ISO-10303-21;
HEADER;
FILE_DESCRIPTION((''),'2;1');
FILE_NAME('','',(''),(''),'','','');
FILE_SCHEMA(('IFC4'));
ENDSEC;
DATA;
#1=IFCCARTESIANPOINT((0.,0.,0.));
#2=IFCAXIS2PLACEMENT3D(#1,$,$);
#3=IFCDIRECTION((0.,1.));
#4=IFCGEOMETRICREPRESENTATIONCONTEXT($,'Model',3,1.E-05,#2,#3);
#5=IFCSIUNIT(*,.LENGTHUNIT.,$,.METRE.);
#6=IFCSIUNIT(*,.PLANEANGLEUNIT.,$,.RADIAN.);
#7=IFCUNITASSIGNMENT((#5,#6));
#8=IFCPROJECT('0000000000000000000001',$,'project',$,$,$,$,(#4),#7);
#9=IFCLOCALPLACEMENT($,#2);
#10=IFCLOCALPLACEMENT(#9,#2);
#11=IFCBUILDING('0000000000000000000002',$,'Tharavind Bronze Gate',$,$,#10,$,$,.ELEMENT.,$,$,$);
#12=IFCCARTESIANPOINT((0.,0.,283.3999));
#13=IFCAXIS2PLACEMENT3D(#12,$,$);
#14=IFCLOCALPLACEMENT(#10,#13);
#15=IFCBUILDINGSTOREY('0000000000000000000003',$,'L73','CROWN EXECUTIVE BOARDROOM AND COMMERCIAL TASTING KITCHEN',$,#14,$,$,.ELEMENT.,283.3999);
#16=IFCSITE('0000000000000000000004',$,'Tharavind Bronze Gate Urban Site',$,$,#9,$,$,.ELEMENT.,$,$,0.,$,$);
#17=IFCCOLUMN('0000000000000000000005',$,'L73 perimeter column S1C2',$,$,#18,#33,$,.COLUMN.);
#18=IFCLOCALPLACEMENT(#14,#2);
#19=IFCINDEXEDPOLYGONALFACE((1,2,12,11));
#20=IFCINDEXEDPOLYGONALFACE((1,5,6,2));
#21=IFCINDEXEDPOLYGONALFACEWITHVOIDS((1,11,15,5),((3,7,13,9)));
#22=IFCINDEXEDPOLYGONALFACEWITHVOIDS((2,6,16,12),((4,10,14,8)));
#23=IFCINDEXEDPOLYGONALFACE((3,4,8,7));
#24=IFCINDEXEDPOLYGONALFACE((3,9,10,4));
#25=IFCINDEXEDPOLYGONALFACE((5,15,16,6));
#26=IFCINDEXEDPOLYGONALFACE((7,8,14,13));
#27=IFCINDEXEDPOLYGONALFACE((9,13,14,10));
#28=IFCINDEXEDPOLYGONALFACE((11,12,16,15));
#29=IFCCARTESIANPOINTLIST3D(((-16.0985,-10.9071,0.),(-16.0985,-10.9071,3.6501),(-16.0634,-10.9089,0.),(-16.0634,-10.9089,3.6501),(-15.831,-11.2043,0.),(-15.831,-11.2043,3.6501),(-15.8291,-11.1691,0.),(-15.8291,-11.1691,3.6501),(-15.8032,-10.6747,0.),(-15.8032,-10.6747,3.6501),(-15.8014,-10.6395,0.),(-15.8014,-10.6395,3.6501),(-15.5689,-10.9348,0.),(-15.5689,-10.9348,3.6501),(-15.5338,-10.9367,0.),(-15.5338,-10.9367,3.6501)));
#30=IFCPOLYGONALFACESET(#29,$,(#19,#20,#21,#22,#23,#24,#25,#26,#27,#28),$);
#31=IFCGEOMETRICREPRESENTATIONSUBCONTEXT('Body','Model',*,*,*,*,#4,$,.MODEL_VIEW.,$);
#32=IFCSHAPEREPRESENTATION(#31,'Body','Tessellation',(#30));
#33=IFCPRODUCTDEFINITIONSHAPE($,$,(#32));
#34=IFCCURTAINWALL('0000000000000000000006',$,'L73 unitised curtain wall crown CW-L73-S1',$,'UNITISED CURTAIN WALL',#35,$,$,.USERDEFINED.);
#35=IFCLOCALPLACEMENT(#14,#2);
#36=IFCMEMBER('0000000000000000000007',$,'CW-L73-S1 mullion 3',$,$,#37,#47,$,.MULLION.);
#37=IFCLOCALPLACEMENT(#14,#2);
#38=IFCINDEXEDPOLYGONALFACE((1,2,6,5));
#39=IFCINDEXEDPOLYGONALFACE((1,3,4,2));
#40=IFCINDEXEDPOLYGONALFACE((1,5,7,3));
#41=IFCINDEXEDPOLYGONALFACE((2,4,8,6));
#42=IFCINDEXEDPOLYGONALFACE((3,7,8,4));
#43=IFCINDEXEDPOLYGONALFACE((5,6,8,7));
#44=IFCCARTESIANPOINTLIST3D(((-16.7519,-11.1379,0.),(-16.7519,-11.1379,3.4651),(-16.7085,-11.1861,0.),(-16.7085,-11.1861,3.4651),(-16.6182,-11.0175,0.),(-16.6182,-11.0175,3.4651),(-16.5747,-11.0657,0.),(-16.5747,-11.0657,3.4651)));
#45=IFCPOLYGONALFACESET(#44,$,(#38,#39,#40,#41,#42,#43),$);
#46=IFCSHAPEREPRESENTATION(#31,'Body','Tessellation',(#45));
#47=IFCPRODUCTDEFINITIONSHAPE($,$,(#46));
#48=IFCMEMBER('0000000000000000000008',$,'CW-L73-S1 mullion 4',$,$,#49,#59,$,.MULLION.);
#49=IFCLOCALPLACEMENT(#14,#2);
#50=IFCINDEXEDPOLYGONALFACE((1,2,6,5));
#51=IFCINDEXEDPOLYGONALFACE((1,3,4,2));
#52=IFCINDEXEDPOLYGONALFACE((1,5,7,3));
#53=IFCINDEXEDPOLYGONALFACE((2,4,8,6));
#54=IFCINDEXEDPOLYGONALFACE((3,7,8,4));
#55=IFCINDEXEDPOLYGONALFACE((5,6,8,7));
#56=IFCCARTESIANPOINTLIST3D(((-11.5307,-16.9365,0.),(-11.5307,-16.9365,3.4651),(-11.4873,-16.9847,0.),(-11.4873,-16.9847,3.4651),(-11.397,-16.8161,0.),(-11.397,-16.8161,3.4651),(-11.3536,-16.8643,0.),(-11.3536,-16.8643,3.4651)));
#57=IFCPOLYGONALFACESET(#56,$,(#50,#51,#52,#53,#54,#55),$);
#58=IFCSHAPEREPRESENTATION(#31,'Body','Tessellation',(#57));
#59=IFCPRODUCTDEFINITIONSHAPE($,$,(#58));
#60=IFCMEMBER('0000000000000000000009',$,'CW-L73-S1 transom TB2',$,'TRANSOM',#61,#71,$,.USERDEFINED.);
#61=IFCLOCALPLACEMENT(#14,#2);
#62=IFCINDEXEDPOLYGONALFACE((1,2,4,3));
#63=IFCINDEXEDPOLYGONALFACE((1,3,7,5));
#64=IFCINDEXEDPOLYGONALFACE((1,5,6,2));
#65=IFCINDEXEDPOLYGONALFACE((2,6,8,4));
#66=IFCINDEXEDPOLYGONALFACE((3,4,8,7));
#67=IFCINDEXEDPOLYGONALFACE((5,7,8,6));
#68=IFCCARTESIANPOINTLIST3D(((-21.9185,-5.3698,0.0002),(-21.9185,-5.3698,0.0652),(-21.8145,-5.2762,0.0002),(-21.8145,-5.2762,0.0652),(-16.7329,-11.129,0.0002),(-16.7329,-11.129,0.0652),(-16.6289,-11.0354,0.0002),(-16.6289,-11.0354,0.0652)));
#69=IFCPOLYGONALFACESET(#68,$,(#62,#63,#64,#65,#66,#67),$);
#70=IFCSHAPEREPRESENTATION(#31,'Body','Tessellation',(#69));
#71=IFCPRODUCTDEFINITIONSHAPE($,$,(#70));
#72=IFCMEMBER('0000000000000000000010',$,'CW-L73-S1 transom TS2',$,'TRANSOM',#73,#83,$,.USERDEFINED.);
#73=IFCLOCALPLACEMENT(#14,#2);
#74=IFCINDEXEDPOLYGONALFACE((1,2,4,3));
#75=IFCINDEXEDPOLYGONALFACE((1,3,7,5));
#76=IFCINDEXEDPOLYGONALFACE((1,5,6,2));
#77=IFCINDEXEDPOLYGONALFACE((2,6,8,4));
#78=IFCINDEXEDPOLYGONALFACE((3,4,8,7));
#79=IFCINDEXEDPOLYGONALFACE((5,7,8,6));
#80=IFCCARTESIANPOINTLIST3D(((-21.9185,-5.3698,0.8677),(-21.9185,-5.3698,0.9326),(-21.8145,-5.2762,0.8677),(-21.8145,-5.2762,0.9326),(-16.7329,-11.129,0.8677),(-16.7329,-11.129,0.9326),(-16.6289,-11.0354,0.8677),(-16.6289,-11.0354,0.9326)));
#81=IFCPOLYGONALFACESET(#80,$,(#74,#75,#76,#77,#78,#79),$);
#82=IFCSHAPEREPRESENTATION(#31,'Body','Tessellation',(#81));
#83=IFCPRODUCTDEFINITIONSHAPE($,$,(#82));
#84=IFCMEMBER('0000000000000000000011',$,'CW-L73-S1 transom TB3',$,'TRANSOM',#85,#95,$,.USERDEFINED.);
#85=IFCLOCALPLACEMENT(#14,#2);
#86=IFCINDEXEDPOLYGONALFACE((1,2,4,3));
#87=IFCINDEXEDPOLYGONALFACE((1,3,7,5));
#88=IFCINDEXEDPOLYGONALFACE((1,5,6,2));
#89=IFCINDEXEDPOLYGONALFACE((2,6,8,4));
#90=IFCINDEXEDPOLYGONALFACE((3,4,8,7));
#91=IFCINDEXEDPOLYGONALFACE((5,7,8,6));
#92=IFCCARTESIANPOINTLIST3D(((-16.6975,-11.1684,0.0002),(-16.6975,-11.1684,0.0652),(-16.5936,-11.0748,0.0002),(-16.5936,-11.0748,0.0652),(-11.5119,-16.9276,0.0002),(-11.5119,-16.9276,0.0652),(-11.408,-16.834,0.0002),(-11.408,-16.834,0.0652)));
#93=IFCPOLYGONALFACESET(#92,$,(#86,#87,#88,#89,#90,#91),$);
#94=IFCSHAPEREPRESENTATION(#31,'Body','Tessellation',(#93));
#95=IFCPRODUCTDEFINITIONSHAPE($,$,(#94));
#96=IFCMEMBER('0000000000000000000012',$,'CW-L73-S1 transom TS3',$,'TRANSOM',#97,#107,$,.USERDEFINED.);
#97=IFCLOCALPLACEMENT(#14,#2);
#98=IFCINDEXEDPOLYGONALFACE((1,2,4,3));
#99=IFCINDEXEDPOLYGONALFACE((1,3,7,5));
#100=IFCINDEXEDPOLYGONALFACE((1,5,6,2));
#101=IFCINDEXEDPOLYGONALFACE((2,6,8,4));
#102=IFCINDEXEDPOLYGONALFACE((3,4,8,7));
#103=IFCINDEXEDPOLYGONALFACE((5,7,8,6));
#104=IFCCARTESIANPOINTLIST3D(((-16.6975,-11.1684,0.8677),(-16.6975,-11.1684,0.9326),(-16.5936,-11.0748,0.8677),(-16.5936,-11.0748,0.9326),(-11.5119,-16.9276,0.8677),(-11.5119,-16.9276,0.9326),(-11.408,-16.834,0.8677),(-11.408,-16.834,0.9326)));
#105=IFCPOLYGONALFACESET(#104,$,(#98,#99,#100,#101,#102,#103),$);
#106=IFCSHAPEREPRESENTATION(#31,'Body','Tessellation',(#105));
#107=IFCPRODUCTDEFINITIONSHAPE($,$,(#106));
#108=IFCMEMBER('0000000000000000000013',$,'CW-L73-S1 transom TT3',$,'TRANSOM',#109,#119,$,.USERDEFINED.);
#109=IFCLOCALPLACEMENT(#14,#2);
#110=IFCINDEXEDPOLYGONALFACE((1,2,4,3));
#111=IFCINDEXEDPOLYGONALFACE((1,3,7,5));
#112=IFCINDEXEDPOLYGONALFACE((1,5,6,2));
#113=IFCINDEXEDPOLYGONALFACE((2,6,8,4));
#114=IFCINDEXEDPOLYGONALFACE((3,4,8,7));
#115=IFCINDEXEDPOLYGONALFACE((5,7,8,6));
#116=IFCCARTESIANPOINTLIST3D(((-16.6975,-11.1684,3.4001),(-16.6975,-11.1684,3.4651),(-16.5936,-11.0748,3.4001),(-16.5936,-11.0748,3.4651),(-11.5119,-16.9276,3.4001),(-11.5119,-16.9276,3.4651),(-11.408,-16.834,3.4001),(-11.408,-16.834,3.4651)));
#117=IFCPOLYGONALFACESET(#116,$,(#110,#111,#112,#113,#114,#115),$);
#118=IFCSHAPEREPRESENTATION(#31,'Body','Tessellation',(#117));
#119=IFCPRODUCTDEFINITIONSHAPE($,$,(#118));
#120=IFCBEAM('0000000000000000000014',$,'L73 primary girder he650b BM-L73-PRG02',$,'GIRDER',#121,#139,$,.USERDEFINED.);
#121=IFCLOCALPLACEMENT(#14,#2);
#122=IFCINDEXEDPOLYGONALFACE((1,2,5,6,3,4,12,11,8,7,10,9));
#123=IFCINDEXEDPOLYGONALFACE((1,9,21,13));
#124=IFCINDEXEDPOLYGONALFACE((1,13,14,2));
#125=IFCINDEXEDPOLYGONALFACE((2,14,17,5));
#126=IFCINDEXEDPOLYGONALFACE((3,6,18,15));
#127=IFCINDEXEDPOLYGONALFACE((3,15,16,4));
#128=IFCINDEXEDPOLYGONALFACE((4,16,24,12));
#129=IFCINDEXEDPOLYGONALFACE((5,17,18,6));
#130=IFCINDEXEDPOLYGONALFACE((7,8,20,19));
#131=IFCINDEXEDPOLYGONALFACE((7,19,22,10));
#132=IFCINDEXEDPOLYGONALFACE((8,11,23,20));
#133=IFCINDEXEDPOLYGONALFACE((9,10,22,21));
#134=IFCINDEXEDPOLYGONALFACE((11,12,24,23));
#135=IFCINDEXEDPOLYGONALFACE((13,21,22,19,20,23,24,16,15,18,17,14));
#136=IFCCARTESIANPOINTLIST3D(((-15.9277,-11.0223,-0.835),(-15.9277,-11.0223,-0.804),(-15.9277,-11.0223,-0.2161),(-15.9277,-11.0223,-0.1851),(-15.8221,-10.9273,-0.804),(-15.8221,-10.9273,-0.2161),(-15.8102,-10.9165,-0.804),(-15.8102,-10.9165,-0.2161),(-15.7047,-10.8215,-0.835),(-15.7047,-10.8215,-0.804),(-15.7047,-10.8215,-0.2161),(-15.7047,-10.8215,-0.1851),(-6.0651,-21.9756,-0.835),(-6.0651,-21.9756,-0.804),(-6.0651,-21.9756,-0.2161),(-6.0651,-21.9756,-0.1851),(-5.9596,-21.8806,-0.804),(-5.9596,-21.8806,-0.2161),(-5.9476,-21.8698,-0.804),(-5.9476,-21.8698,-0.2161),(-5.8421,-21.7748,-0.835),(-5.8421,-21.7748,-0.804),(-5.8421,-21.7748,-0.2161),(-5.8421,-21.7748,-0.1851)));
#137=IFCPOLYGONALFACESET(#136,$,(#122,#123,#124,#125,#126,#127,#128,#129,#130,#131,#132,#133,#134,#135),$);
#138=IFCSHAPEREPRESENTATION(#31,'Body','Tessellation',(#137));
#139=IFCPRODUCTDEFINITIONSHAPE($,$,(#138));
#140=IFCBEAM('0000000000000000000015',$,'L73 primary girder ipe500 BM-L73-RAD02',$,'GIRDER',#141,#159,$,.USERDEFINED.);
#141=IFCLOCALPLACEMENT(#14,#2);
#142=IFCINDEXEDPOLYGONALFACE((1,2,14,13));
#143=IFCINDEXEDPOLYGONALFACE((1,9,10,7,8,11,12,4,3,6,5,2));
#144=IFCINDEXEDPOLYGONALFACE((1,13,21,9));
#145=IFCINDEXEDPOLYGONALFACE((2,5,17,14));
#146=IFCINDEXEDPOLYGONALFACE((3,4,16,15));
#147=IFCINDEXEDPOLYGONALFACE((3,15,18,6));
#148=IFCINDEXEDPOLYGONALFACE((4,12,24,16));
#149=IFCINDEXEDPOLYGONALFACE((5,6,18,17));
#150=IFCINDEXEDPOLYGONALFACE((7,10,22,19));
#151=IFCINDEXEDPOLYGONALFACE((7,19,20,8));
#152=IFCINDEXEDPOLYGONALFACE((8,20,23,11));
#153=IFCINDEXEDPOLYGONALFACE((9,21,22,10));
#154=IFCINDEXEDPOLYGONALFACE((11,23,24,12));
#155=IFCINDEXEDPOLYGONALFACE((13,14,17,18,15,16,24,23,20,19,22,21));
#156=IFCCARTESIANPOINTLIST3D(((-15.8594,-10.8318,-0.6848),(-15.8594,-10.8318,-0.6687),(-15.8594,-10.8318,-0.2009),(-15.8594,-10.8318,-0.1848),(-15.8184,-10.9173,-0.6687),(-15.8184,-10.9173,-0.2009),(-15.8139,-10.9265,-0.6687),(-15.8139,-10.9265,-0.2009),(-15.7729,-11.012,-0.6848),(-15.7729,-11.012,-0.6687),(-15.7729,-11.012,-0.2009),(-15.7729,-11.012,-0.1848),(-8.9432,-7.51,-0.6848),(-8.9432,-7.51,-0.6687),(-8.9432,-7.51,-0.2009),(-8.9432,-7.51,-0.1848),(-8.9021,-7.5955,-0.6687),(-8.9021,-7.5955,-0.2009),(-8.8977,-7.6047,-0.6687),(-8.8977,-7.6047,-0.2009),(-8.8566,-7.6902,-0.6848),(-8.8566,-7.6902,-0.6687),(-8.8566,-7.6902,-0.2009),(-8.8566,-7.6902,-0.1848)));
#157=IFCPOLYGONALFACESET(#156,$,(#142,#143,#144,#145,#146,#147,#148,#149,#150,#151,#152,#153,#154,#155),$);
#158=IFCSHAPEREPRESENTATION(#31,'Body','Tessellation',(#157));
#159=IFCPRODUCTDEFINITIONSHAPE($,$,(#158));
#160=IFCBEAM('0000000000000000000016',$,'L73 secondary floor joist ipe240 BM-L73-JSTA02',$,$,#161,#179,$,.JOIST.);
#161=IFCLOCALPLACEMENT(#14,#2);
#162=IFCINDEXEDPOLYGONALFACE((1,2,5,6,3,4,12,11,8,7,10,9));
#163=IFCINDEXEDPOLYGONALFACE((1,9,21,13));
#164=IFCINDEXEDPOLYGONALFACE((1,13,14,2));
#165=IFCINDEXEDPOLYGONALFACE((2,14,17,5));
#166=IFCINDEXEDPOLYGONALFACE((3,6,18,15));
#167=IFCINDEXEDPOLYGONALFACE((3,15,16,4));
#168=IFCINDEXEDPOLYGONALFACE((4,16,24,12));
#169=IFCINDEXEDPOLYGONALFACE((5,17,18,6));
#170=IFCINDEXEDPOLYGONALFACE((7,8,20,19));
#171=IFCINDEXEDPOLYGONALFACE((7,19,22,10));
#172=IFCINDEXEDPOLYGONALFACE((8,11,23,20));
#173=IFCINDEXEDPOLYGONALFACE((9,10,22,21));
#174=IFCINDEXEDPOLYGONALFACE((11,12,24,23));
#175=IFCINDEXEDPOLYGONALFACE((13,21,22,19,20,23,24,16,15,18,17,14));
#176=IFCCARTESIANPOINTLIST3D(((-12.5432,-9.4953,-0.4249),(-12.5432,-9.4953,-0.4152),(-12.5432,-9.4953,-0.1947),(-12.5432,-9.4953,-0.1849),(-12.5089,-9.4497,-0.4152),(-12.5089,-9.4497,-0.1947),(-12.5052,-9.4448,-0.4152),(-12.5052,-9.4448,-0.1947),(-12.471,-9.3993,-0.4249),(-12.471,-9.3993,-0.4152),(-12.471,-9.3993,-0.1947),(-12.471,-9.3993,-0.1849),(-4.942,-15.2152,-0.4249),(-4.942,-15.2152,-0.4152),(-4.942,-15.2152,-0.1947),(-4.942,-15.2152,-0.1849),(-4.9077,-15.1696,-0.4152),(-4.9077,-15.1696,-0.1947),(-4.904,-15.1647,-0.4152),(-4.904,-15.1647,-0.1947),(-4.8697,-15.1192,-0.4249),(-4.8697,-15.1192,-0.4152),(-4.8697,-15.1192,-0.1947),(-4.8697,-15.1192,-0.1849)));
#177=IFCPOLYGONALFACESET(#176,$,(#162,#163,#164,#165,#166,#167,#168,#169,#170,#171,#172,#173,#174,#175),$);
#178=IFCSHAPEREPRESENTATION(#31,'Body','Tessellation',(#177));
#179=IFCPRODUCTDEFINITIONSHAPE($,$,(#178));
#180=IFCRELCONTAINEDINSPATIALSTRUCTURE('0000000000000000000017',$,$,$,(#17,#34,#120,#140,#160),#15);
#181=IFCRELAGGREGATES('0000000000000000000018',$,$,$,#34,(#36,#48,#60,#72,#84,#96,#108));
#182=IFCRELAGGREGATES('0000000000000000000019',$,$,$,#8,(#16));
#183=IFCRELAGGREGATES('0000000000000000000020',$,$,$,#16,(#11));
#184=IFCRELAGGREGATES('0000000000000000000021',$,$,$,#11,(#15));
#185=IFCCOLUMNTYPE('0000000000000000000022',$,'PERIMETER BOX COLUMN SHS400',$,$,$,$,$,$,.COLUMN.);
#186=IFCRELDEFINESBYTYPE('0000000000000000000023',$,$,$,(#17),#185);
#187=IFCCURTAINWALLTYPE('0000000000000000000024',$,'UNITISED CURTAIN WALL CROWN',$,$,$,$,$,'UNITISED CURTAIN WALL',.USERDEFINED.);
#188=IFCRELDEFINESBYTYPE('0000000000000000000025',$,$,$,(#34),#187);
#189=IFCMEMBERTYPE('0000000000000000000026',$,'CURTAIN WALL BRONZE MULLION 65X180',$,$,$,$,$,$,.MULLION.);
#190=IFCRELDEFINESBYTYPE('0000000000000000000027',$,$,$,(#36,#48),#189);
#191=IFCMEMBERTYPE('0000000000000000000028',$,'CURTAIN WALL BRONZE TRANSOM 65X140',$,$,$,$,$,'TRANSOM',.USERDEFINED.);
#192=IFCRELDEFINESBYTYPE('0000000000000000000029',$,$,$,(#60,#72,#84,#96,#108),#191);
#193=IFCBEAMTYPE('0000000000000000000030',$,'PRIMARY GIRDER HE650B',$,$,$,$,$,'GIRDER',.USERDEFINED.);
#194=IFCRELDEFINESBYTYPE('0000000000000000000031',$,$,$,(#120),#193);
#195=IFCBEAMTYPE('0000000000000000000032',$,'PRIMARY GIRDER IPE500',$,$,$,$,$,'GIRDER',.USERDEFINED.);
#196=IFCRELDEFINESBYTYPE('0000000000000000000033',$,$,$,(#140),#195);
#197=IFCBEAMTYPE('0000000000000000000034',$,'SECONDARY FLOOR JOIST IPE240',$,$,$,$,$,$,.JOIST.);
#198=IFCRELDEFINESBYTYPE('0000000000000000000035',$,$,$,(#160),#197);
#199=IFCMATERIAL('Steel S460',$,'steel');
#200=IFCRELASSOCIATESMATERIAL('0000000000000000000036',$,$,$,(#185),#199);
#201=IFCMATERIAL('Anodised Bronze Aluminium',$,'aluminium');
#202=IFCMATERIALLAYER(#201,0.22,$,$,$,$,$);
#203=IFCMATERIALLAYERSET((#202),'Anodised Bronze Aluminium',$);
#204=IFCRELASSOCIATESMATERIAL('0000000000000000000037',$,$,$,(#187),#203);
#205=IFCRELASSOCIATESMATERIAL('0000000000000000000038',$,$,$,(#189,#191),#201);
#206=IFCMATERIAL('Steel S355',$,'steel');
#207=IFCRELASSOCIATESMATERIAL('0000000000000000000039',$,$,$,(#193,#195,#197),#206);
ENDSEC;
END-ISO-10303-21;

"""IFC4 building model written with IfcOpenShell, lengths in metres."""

from ifc_helpers import new_model, si_unit, direction, frame, origin, origin_2d, place, context, subcontext, project, spatial, rectangle, hollow_rectangle, i_section, extrude, material, layer, layer_set, material_profile, profile_set, type_object, element, aggregate, save


model = new_model("IFC4")

# Units and contexts
model_context = context("Model", 3, precision=1e-05, world=origin(), true_north=direction((0.0, 1.0)))
body_context = subcontext(model_context, "Body", "Model", "MODEL_VIEW")
ifc_project = project(units=[si_unit("LENGTHUNIT", "METRE"), si_unit("PLANEANGLEUNIT", "RADIAN")], contexts=[model_context])

# Site, building, storey
site_placement = place(None, origin())
site = spatial("IfcSite", under=ifc_project, at=site_placement, Name="Tharavind Bronze Gate Urban Site", CompositionType="ELEMENT", RefElevation=0.0)
building_placement = place(site_placement, origin())
building = spatial("IfcBuilding", under=site, at=building_placement, Name="Tharavind Bronze Gate", CompositionType="ELEMENT")
storey_placement = place(building_placement, frame((0.0, 0.0, 283.3999)))
storey = spatial("IfcBuildingStorey", under=building, at=storey_placement, Name="L73", Description="CROWN EXECUTIVE BOARDROOM AND COMMERCIAL TASTING KITCHEN", CompositionType="ELEMENT", Elevation=283.3999)

# Column
ifc_material_1 = material(Name="Steel S460", Category="steel")
ifc_material_profile_1 = material_profile(ifc_material_1, hollow_rectangle(XDim=0.3999, YDim=0.3999, WallThickness=0.0249, at=origin_2d()), Name="SHS400X25")
ifc_profile_set_1 = profile_set([ifc_material_profile_1], Name="Steel S460")
column_type = type_object("IfcColumnType", Name="PERIMETER BOX COLUMN SHS400", PredefinedType="COLUMN", material=ifc_profile_set_1)
column_placement = place(storey_placement, frame((-15.8162, -10.9219, 0.0), z_axis=(0.0, 0.0, 1.0), x_axis=(-0.669131, 0.743145, 0.0)))
element("IfcColumn", 1, at=column_placement, inside=storey, type_object=column_type, Name="L73 perimeter column S1C2", PredefinedType="COLUMN", context=body_context, shape_type="SweptSolid", body=[
    extrude(hollow_rectangle(XDim=0.3999, YDim=0.3999, WallThickness=0.0249, at=origin_2d()), origin(), (0.0, 0.0, 1.0), 3.6501),
])

# Curtain wall, members
ifc_material_2 = material(Name="Anodised Bronze Aluminium", Category="aluminium")
ifc_layer_1 = layer(ifc_material_2, 0.22)
ifc_layer_set_1 = layer_set([ifc_layer_1], Name="Anodised Bronze Aluminium")
curtain_wall_type = type_object("IfcCurtainWallType", Name="UNITISED CURTAIN WALL CROWN", ElementType="UNITISED CURTAIN WALL", PredefinedType="USERDEFINED", material=ifc_layer_set_1)
curtain_wall_placement = place(storey_placement, origin())
curtain_wall = element("IfcCurtainWall", 2, at=curtain_wall_placement, inside=storey, type_object=curtain_wall_type, Name="L73 unitised curtain wall crown CW-L73-S1", ObjectType="UNITISED CURTAIN WALL", PredefinedType="USERDEFINED")
member_type_1 = type_object("IfcMemberType", Name="CURTAIN WALL BRONZE MULLION 65X180", PredefinedType="MULLION", material=ifc_material_2)
member_1_placement = place(storey_placement, frame((-16.6633, -11.1018, 0.0), z_axis=(0.0, 0.0, 1.0), x_axis=(0.669131, -0.743145, 0.0)))
member_1 = element("IfcMember", 3, at=member_1_placement, type_object=member_type_1, Name="CW-L73-S1 mullion 3", PredefinedType="MULLION", context=body_context, shape_type="SweptSolid", body=[
    extrude(rectangle(XDim=0.0649, YDim=0.1799, at=origin_2d()), origin(), (0.0, 0.0, 1.0), 3.4651),
])
member_2_placement = place(storey_placement, frame((-11.4421, -16.9004, 0.0), z_axis=(0.0, 0.0, 1.0), x_axis=(0.669131, -0.743145, 0.0)))
member_2 = element("IfcMember", 4, at=member_2_placement, type_object=member_type_1, Name="CW-L73-S1 mullion 4", PredefinedType="MULLION", context=body_context, shape_type="SweptSolid", body=[
    extrude(rectangle(XDim=0.0649, YDim=0.1799, at=origin_2d()), origin(), (0.0, 0.0, 1.0), 3.4651),
])
member_type_2 = type_object("IfcMemberType", Name="CURTAIN WALL BRONZE TRANSOM 65X140", ElementType="TRANSOM", PredefinedType="USERDEFINED", material=ifc_material_2)
member_3_placement = place(storey_placement, frame((-19.2737, -8.2026, 0.0002), z_axis=(0.0, 0.0, 1.0), x_axis=(0.669131, -0.743145, 0.0)))
member_3 = element("IfcMember", 5, at=member_3_placement, type_object=member_type_2, Name="CW-L73-S1 transom TB2", ObjectType="TRANSOM", PredefinedType="USERDEFINED", context=body_context, shape_type="SweptSolid", body=[
    extrude(rectangle(XDim=7.7498, YDim=0.1399, at=origin_2d()), origin(), (0.0, 0.0, 1.0), 0.0649),
])
member_4_placement = place(storey_placement, frame((-19.2737, -8.2026, 0.8677), z_axis=(0.0, 0.0, 1.0), x_axis=(0.669131, -0.743145, 0.0)))
member_4 = element("IfcMember", 6, at=member_4_placement, type_object=member_type_2, Name="CW-L73-S1 transom TS2", ObjectType="TRANSOM", PredefinedType="USERDEFINED", context=body_context, shape_type="SweptSolid", body=[
    extrude(rectangle(XDim=7.7498, YDim=0.1399, at=origin_2d()), origin(), (0.0, 0.0, 1.0), 0.0649),
])
member_5_placement = place(storey_placement, frame((-14.0527, -14.0012, 0.0002), z_axis=(0.0, 0.0, 1.0), x_axis=(0.669131, -0.743145, 0.0)))
member_5 = element("IfcMember", 7, at=member_5_placement, type_object=member_type_2, Name="CW-L73-S1 transom TB3", ObjectType="TRANSOM", PredefinedType="USERDEFINED", context=body_context, shape_type="SweptSolid", body=[
    extrude(rectangle(XDim=7.7498, YDim=0.1399, at=origin_2d()), origin(), (0.0, 0.0, 1.0), 0.0649),
])
member_6_placement = place(storey_placement, frame((-14.0527, -14.0012, 0.8677), z_axis=(0.0, 0.0, 1.0), x_axis=(0.669131, -0.743145, 0.0)))
member_6 = element("IfcMember", 8, at=member_6_placement, type_object=member_type_2, Name="CW-L73-S1 transom TS3", ObjectType="TRANSOM", PredefinedType="USERDEFINED", context=body_context, shape_type="SweptSolid", body=[
    extrude(rectangle(XDim=7.7498, YDim=0.1399, at=origin_2d()), origin(), (0.0, 0.0, 1.0), 0.0649),
])
member_7_placement = place(storey_placement, frame((-14.0527, -14.0012, 3.4001), z_axis=(0.0, 0.0, 1.0), x_axis=(0.669131, -0.743145, 0.0)))
member_7 = element("IfcMember", 9, at=member_7_placement, type_object=member_type_2, Name="CW-L73-S1 transom TT3", ObjectType="TRANSOM", PredefinedType="USERDEFINED", context=body_context, shape_type="SweptSolid", body=[
    extrude(rectangle(XDim=7.7498, YDim=0.1399, at=origin_2d()), origin(), (0.0, 0.0, 1.0), 0.0649),
])

# Beams
ifc_material_3 = material(Name="Steel S355", Category="steel")
ifc_material_profile_2 = material_profile(ifc_material_3, i_section(OverallWidth=0.3, OverallDepth=0.6499, WebThickness=0.0161, FlangeThickness=0.031, at=origin_2d()), Name="HE650B")
ifc_profile_set_2 = profile_set([ifc_material_profile_2], Name="Steel S355")
beam_type_1 = type_object("IfcBeamType", Name="PRIMARY GIRDER HE650B", ElementType="GIRDER", PredefinedType="USERDEFINED", material=ifc_profile_set_2)
beam_1_placement = place(storey_placement, frame((-15.8162, -10.9219, -0.51), z_axis=(0.669134, -0.743142, 0.0), x_axis=(0.743142, 0.669134, 0.0)))
element("IfcBeam", 10, at=beam_1_placement, inside=storey, type_object=beam_type_1, Name="L73 primary girder he650b BM-L73-PRG02", ObjectType="GIRDER", PredefinedType="USERDEFINED", context=body_context, shape_type="SweptSolid", body=[
    extrude(i_section(OverallWidth=0.3, OverallDepth=0.6499, WebThickness=0.0161, FlangeThickness=0.031, at=origin_2d()), origin(), (0.0, 0.0, 1.0), 14.7393),
])
ifc_material_profile_3 = material_profile(ifc_material_3, i_section(OverallWidth=0.2, OverallDepth=0.5, WebThickness=0.0103, FlangeThickness=0.0161, at=origin_2d()), Name="IPE500")
ifc_profile_set_3 = profile_set([ifc_material_profile_3], Name="Steel S355")
beam_type_2 = type_object("IfcBeamType", Name="PRIMARY GIRDER IPE500", ElementType="GIRDER", PredefinedType="USERDEFINED", material=ifc_profile_set_3)
beam_2_placement = place(storey_placement, frame((-15.8162, -10.9219, -0.4348), z_axis=(0.901423, 0.43294, 0.0), x_axis=(-0.43294, 0.901423, 0.0)))
element("IfcBeam", 11, at=beam_2_placement, inside=storey, type_object=beam_type_2, Name="L73 primary girder ipe500 BM-L73-RAD02", ObjectType="GIRDER", PredefinedType="USERDEFINED", context=body_context, shape_type="SweptSolid", body=[
    extrude(i_section(OverallWidth=0.2, OverallDepth=0.5, WebThickness=0.0103, FlangeThickness=0.0161, at=origin_2d()), origin(), (0.0, 0.0, 1.0), 7.6726),
])
ifc_material_profile_4 = material_profile(ifc_material_3, i_section(OverallWidth=0.1201, OverallDepth=0.24, WebThickness=0.0061, FlangeThickness=0.0098, at=origin_2d()), Name="IPE240")
ifc_profile_set_4 = profile_set([ifc_material_profile_4], Name="Steel S355")
beam_type_3 = type_object("IfcBeamType", Name="SECONDARY FLOOR JOIST IPE240", PredefinedType="JOIST", material=ifc_profile_set_4)
beam_3_placement = place(storey_placement, frame((-12.5071, -9.4473, -0.3049), z_axis=(0.799041, -0.601276, 0.0), x_axis=(0.601276, 0.799041, 0.0)))
element("IfcBeam", 12, at=beam_3_placement, inside=storey, type_object=beam_type_3, Name="L73 secondary floor joist ipe240 BM-L73-JSTA02", PredefinedType="JOIST", context=body_context, shape_type="SweptSolid", body=[
    extrude(i_section(OverallWidth=0.1201, OverallDepth=0.24, WebThickness=0.0061, FlangeThickness=0.0098, at=origin_2d()), origin(), (0.0, 0.0, 1.0), 9.5129),
])

aggregate(curtain_wall, [member_1, member_2, member_3, member_4, member_5, member_6, member_7])

save(model, "model.ifc")
